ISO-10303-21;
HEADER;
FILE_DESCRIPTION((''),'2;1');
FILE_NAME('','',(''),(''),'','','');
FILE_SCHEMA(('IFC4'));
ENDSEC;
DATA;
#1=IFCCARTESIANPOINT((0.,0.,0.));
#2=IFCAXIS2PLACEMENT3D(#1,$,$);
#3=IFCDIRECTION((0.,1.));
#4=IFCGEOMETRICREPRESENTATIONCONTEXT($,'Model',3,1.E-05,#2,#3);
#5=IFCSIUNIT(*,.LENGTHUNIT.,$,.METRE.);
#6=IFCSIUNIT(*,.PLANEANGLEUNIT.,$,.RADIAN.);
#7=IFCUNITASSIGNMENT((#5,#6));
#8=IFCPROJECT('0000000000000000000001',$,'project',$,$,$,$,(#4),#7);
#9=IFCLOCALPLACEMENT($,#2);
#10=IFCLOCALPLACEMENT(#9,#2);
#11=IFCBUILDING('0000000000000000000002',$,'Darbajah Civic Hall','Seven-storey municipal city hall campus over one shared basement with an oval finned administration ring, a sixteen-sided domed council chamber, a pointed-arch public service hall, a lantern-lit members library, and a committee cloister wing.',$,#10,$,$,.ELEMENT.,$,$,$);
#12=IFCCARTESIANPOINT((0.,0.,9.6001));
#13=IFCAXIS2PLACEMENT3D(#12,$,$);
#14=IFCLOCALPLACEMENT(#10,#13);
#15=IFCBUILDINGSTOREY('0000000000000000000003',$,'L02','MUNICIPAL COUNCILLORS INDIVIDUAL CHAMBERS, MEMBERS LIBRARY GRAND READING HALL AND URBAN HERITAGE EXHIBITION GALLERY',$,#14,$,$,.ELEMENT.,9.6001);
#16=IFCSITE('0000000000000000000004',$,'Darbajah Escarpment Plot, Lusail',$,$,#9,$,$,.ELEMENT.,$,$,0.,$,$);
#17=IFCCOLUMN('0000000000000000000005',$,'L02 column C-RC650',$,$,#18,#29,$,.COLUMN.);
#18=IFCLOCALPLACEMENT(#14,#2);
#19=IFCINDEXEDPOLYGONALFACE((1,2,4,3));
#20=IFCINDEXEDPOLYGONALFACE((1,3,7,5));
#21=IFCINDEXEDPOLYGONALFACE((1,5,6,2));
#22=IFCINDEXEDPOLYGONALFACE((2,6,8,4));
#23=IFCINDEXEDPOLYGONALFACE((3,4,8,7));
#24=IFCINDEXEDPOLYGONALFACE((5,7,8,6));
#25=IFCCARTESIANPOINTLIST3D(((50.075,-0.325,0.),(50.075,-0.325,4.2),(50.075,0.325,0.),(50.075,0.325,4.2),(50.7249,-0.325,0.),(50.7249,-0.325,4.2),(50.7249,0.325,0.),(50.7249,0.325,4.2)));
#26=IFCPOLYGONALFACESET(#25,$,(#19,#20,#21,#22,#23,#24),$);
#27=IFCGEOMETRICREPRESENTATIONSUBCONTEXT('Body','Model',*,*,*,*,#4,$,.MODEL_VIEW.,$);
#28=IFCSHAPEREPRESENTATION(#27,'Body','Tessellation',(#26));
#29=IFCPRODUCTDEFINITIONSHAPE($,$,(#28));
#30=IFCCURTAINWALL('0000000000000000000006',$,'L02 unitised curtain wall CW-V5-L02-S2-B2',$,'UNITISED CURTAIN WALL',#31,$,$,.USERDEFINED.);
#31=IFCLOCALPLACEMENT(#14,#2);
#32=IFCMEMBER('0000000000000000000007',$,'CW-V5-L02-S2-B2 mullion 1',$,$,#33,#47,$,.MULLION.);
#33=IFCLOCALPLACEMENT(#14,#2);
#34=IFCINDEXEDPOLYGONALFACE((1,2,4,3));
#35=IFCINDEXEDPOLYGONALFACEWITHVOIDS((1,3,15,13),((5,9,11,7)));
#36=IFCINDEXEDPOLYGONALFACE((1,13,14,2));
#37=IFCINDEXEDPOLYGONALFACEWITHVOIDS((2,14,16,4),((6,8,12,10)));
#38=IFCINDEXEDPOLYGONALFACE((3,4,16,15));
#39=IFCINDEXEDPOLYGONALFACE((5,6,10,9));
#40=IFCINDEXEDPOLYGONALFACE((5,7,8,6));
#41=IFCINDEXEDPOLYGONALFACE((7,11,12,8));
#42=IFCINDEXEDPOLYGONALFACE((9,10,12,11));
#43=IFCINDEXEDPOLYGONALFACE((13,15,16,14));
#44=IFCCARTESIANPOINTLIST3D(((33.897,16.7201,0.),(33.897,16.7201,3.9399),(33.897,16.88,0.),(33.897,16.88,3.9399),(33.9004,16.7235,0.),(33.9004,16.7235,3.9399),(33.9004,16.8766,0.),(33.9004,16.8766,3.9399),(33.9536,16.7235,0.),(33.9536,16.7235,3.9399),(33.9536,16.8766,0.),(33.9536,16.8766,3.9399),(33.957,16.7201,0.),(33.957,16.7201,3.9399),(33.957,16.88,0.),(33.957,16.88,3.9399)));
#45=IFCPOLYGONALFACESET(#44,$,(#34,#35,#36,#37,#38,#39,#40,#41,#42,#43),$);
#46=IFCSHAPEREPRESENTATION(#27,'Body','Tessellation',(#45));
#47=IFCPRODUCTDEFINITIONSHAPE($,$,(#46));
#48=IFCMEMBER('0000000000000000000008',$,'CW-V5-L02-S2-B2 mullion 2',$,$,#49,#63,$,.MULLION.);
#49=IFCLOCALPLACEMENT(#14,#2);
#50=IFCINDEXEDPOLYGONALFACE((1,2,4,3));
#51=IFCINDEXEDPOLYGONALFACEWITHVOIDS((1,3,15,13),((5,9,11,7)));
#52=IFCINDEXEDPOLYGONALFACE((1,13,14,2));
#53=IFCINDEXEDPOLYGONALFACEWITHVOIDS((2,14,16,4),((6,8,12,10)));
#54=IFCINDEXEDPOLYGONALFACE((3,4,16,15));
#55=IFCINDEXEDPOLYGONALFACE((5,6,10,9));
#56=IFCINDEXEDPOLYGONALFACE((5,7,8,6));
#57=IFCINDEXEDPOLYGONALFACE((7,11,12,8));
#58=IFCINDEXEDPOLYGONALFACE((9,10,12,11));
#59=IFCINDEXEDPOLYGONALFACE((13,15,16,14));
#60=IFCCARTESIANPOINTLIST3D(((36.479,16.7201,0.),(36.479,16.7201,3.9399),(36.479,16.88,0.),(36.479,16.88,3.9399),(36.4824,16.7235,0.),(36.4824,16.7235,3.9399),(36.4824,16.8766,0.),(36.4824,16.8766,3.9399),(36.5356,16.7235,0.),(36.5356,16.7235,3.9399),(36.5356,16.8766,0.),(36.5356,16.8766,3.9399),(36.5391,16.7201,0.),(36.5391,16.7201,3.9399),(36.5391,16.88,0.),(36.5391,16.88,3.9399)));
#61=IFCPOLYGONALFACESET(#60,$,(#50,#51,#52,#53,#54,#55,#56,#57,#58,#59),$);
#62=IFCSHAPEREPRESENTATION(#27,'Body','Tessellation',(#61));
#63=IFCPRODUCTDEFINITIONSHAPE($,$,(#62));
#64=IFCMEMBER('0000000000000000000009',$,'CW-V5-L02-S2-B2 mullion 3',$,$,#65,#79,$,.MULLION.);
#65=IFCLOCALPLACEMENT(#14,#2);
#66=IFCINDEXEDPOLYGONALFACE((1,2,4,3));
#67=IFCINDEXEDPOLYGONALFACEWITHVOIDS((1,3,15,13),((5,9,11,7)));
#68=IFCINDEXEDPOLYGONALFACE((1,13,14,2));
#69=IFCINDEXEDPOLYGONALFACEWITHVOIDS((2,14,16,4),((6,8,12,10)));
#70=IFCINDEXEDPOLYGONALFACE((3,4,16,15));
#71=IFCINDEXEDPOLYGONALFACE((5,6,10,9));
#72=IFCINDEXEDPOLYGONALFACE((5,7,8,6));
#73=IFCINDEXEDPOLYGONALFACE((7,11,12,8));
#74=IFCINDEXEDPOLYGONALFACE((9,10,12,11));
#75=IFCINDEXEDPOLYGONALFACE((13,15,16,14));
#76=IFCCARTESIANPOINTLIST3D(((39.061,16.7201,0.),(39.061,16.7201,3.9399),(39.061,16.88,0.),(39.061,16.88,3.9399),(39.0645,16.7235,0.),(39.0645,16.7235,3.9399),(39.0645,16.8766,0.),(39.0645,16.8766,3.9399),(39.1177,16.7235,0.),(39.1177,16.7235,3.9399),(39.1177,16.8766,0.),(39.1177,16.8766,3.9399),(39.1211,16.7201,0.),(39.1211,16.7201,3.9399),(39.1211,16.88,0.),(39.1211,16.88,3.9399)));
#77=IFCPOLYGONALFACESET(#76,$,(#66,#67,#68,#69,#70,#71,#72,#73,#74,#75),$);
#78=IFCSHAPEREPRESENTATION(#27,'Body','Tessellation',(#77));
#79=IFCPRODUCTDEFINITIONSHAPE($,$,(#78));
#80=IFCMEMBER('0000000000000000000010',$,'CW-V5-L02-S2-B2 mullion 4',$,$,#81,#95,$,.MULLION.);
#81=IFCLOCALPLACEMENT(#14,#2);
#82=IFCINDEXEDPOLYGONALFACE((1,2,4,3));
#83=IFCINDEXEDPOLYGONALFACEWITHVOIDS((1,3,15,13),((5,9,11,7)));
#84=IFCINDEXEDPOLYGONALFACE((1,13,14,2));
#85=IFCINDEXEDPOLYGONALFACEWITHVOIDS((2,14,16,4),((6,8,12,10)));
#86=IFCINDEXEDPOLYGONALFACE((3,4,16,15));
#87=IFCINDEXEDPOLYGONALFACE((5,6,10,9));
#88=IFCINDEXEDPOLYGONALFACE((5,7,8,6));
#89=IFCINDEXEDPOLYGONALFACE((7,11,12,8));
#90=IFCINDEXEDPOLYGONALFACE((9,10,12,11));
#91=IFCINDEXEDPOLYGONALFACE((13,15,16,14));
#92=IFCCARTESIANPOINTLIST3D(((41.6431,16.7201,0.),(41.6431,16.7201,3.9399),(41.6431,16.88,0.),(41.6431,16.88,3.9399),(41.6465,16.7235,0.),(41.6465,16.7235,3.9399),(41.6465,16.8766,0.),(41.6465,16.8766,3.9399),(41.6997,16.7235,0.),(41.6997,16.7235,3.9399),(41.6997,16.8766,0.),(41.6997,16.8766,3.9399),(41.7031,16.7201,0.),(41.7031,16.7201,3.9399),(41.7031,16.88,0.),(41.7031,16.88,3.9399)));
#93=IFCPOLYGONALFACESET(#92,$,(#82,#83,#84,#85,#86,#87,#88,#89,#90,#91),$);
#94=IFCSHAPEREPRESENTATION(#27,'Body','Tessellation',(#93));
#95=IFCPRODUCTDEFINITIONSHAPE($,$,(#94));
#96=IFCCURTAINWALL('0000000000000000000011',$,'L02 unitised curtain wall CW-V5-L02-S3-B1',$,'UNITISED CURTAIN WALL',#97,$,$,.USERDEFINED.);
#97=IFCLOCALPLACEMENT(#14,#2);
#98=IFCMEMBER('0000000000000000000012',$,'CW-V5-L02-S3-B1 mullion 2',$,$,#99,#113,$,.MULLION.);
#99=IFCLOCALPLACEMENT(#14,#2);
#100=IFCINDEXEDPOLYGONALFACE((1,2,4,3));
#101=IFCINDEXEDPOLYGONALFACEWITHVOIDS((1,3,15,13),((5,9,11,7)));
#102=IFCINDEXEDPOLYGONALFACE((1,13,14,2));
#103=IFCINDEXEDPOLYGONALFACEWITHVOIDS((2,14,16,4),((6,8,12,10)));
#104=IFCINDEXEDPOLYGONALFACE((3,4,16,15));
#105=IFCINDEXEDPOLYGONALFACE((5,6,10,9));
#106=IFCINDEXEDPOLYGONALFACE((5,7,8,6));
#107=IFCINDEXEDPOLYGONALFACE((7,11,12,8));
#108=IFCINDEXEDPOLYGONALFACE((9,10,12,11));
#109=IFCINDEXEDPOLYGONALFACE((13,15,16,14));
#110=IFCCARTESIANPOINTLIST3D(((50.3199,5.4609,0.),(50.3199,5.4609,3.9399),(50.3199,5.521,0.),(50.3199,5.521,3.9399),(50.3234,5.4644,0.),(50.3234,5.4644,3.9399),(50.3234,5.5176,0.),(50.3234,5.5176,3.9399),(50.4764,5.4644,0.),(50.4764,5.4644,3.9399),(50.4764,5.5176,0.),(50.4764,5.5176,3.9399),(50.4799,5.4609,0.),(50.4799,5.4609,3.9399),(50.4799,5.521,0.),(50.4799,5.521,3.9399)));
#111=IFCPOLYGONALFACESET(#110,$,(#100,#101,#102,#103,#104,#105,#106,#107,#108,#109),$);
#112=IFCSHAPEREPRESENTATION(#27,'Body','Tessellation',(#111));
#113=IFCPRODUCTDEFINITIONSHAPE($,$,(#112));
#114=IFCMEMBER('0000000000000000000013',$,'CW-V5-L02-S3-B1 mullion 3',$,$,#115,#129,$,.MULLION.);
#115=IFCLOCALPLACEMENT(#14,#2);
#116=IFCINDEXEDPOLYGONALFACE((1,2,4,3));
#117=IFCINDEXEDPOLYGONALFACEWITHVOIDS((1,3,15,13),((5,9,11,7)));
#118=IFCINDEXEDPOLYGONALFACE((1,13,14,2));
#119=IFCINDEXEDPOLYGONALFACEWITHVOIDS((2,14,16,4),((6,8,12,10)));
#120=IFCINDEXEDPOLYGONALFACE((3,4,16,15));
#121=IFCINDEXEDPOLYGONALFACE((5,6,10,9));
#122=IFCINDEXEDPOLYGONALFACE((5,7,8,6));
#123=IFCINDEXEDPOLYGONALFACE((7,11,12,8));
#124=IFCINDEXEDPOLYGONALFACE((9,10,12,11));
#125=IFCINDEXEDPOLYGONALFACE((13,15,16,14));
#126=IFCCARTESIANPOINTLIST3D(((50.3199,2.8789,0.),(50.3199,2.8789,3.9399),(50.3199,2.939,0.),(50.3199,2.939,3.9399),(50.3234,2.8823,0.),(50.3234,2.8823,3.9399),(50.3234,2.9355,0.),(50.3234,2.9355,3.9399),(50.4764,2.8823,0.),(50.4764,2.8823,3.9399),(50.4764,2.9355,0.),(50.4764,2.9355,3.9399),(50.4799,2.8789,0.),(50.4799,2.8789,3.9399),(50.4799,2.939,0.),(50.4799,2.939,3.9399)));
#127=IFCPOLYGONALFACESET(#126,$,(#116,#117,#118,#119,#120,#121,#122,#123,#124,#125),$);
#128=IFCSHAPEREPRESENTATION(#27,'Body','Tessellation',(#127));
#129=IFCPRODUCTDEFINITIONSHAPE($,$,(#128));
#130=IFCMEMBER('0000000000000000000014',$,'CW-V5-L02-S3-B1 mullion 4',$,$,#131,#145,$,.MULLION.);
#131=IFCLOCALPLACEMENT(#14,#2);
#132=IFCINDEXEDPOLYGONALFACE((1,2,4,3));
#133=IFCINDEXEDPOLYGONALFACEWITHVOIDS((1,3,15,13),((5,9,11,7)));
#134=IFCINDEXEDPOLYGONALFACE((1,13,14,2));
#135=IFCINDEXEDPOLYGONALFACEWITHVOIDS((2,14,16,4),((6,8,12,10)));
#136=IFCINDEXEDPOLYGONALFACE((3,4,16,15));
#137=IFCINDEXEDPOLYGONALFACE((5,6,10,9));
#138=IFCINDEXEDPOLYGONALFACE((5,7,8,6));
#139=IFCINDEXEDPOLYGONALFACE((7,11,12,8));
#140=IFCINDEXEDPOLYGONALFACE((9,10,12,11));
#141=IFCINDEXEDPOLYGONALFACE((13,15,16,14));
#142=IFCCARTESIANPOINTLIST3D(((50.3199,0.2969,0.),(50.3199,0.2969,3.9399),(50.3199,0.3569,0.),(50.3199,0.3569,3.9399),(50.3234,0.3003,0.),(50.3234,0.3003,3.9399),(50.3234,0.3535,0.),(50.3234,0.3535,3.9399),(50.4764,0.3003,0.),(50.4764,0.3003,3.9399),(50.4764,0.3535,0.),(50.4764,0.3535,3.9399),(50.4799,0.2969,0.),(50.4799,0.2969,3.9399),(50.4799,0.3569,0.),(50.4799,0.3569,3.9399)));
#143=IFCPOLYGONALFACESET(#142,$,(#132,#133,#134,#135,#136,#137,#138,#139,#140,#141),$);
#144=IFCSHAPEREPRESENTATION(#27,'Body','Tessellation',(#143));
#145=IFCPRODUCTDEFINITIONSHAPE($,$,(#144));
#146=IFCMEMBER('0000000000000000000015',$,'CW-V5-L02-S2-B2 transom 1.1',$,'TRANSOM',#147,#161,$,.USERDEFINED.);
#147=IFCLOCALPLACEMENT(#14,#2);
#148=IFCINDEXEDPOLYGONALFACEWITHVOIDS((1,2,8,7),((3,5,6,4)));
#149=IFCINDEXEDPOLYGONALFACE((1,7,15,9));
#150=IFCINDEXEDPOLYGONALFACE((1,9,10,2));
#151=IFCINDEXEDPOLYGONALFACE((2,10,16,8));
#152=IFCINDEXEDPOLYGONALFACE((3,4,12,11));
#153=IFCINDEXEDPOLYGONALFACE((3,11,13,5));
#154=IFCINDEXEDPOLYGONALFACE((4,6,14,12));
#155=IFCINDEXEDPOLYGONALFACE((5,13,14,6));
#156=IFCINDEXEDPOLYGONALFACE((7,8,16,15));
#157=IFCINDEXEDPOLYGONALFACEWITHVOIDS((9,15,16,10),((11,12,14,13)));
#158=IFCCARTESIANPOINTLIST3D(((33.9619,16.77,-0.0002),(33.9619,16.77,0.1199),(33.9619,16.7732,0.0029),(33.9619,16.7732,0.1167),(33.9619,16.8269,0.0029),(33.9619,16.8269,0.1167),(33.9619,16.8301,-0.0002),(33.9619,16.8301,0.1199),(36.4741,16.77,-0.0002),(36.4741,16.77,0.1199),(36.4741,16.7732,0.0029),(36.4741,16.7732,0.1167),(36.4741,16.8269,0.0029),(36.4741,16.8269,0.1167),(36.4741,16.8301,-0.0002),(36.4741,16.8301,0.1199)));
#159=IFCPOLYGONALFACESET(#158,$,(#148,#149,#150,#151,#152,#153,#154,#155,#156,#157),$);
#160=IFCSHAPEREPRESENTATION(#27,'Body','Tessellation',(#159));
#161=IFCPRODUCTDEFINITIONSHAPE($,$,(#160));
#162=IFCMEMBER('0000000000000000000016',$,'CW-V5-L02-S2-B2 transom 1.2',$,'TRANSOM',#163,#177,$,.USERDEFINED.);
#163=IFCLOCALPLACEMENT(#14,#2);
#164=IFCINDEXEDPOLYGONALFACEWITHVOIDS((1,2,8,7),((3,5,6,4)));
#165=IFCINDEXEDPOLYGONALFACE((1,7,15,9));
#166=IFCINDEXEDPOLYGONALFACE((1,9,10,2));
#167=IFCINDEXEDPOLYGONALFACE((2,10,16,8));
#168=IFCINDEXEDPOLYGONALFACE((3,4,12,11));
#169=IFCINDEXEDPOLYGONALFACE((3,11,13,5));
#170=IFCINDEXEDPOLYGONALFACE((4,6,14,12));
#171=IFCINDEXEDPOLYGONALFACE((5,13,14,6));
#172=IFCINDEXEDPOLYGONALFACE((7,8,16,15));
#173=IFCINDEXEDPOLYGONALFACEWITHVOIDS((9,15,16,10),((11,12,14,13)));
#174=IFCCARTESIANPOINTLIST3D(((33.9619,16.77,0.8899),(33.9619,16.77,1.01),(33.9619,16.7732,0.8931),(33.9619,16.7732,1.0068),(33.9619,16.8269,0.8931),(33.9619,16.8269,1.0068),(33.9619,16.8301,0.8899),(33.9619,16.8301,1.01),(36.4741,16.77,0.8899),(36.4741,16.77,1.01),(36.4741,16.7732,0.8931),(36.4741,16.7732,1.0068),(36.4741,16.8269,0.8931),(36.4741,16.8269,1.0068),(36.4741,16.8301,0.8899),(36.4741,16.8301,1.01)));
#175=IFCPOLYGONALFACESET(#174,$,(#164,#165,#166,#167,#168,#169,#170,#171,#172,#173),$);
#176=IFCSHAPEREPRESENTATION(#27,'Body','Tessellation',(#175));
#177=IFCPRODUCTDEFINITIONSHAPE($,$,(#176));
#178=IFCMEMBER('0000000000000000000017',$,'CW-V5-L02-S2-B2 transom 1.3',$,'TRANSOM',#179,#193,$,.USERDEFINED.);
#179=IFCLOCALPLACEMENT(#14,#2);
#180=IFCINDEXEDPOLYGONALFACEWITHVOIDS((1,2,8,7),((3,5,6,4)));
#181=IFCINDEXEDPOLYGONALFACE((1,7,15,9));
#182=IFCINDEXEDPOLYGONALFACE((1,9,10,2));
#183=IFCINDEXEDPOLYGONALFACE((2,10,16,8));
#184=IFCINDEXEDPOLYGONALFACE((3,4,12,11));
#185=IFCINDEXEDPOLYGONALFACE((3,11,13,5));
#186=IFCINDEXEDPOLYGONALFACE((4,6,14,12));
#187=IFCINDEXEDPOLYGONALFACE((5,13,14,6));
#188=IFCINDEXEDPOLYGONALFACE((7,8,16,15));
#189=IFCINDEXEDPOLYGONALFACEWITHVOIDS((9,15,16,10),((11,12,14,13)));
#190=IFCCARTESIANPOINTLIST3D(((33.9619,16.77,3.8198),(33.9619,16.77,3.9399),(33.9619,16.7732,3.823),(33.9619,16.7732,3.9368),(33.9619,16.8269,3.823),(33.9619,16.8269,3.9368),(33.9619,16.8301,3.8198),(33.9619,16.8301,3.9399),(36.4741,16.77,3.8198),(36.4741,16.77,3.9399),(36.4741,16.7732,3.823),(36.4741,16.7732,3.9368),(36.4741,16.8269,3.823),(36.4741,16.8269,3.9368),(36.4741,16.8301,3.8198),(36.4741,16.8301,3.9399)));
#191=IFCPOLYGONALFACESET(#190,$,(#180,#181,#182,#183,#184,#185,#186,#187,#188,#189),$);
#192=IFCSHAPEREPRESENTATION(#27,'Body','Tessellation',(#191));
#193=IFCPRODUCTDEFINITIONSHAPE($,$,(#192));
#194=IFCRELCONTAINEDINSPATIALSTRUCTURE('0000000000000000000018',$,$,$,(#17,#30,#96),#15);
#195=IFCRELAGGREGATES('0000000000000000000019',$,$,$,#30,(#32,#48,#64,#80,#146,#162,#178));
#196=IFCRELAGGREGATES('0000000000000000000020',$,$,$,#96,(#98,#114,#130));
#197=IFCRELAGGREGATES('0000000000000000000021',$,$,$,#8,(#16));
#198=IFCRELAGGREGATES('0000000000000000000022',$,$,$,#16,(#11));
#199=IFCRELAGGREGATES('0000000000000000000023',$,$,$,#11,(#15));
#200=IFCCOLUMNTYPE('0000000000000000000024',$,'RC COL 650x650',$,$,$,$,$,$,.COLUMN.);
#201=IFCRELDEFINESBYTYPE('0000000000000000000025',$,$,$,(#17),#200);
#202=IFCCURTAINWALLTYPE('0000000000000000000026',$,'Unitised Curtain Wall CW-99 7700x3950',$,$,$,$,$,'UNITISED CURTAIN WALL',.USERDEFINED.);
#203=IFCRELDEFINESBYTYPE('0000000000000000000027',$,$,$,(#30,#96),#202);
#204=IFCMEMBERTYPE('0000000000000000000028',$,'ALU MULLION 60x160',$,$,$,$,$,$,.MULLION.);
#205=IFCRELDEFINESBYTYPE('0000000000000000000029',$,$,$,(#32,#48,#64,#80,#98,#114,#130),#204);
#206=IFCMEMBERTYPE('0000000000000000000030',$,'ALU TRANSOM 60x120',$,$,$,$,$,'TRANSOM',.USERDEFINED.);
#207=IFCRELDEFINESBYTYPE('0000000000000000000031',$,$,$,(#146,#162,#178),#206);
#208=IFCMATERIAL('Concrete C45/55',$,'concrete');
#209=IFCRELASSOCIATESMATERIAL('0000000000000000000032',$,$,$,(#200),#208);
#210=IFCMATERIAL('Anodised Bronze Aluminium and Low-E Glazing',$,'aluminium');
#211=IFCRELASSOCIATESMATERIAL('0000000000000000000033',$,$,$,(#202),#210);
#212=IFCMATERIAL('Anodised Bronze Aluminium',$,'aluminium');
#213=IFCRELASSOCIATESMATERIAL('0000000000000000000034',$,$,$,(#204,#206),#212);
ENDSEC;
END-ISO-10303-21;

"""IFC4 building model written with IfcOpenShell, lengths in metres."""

from ifc_helpers import new_model, si_unit, direction, frame, origin, origin_2d, place, context, subcontext, project, spatial, rectangle, hollow_rectangle, extrude, material, material_profile, profile_set, type_object, element, aggregate, save


model = new_model("IFC4")

# Units and contexts
model_context = context("Model", 3, precision=1e-05, world=origin(), true_north=direction((0.0, 1.0)))
body_context = subcontext(model_context, "Body", "Model", "MODEL_VIEW")
ifc_project = project(units=[si_unit("LENGTHUNIT", "METRE"), si_unit("PLANEANGLEUNIT", "RADIAN")], contexts=[model_context])

# Site, building, storey
site_placement = place(None, origin())
site = spatial("IfcSite", under=ifc_project, at=site_placement, Name="Darbajah Escarpment Plot, Lusail", CompositionType="ELEMENT", RefElevation=0.0)
building_placement = place(site_placement, origin())
building = spatial("IfcBuilding", under=site, at=building_placement, Name="Darbajah Civic Hall", Description="Seven-storey municipal city hall campus over one shared basement with an oval finned administration ring, a sixteen-sided domed council chamber, a pointed-arch public service hall, a lantern-lit members library, and a committee cloister wing.", CompositionType="ELEMENT")
storey_placement = place(building_placement, frame((0.0, 0.0, 9.6001)))
storey = spatial("IfcBuildingStorey", under=building, at=storey_placement, Name="L02", Description="MUNICIPAL COUNCILLORS INDIVIDUAL CHAMBERS, MEMBERS LIBRARY GRAND READING HALL AND URBAN HERITAGE EXHIBITION GALLERY", CompositionType="ELEMENT", Elevation=9.6001)

# Column
ifc_material_1 = material(Name="Concrete C45/55", Category="concrete")
ifc_material_profile_1 = material_profile(ifc_material_1, rectangle(XDim=0.6499, YDim=0.6499, at=origin_2d()), Name="RC COL 650x650")
ifc_profile_set_1 = profile_set([ifc_material_profile_1], Name="Concrete C45/55")
column_type = type_object("IfcColumnType", Name="RC COL 650x650", PredefinedType="COLUMN", material=ifc_profile_set_1)
column_placement = place(storey_placement, frame((50.3999, 0.0, 0.0), z_axis=(0.0, 0.0, 1.0), x_axis=(1.0, 0.0, 0.0)))
element("IfcColumn", 1, at=column_placement, inside=storey, type_object=column_type, Name="L02 column C-RC650", PredefinedType="COLUMN", context=body_context, shape_type="SweptSolid", body=[
    extrude(rectangle(XDim=0.6499, YDim=0.6499, at=origin_2d()), origin(), (0.0, 0.0, 1.0), 4.2),
])

# Curtain walls, members
ifc_material_2 = material(Name="Anodised Bronze Aluminium and Low-E Glazing", Category="aluminium")
curtain_wall_type = type_object("IfcCurtainWallType", Name="Unitised Curtain Wall CW-99 7700x3950", ElementType="UNITISED CURTAIN WALL", PredefinedType="USERDEFINED", material=ifc_material_2)
curtain_wall_1_placement = place(storey_placement, origin())
curtain_wall_1 = element("IfcCurtainWall", 2, at=curtain_wall_1_placement, inside=storey, type_object=curtain_wall_type, Name="L02 unitised curtain wall CW-V5-L02-S2-B2", ObjectType="UNITISED CURTAIN WALL", PredefinedType="USERDEFINED")
ifc_material_3 = material(Name="Anodised Bronze Aluminium", Category="aluminium")
ifc_material_profile_2 = material_profile(ifc_material_3, hollow_rectangle(XDim=0.0601, YDim=0.1599, WallThickness=0.0034, at=origin_2d()), Name="ALU MULLION 60x160")
ifc_profile_set_2 = profile_set([ifc_material_profile_2], Name="Anodised Bronze Aluminium")
member_type_1 = type_object("IfcMemberType", Name="ALU MULLION 60x160", PredefinedType="MULLION", material=ifc_profile_set_2)
member_1_placement = place(storey_placement, frame((33.927, 16.8, 0.0), z_axis=(0.0, 0.0, 1.0), x_axis=(1.0, 0.0, 0.0)))
member_1 = element("IfcMember", 3, at=member_1_placement, type_object=member_type_1, Name="CW-V5-L02-S2-B2 mullion 1", PredefinedType="MULLION", context=body_context, shape_type="SweptSolid", body=[
    extrude(hollow_rectangle(XDim=0.0601, YDim=0.1599, WallThickness=0.0034, at=origin_2d()), origin(), (0.0, 0.0, 1.0), 3.9399),
])
member_2_placement = place(storey_placement, frame((36.509, 16.8, 0.0), z_axis=(0.0, 0.0, 1.0), x_axis=(1.0, 0.0, 0.0)))
member_2 = element("IfcMember", 4, at=member_2_placement, type_object=member_type_1, Name="CW-V5-L02-S2-B2 mullion 2", PredefinedType="MULLION", context=body_context, shape_type="SweptSolid", body=[
    extrude(hollow_rectangle(XDim=0.0601, YDim=0.1599, WallThickness=0.0034, at=origin_2d()), origin(), (0.0, 0.0, 1.0), 3.9399),
])
member_3_placement = place(storey_placement, frame((39.0911, 16.8, 0.0), z_axis=(0.0, 0.0, 1.0), x_axis=(1.0, 0.0, 0.0)))
member_3 = element("IfcMember", 5, at=member_3_placement, type_object=member_type_1, Name="CW-V5-L02-S2-B2 mullion 3", PredefinedType="MULLION", context=body_context, shape_type="SweptSolid", body=[
    extrude(hollow_rectangle(XDim=0.0601, YDim=0.1599, WallThickness=0.0034, at=origin_2d()), origin(), (0.0, 0.0, 1.0), 3.9399),
])
member_4_placement = place(storey_placement, frame((41.6731, 16.8, 0.0), z_axis=(0.0, 0.0, 1.0), x_axis=(1.0, 0.0, 0.0)))
member_4 = element("IfcMember", 6, at=member_4_placement, type_object=member_type_1, Name="CW-V5-L02-S2-B2 mullion 4", PredefinedType="MULLION", context=body_context, shape_type="SweptSolid", body=[
    extrude(hollow_rectangle(XDim=0.0601, YDim=0.1599, WallThickness=0.0034, at=origin_2d()), origin(), (0.0, 0.0, 1.0), 3.9399),
])
curtain_wall_2_placement = place(storey_placement, origin())
curtain_wall_2 = element("IfcCurtainWall", 7, at=curtain_wall_2_placement, inside=storey, type_object=curtain_wall_type, Name="L02 unitised curtain wall CW-V5-L02-S3-B1", ObjectType="UNITISED CURTAIN WALL", PredefinedType="USERDEFINED")
member_5_placement = place(storey_placement, frame((50.3999, 5.491, 0.0), z_axis=(0.0, 0.0, 1.0), x_axis=(0.0, -1.0, 0.0)))
member_5 = element("IfcMember", 8, at=member_5_placement, type_object=member_type_1, Name="CW-V5-L02-S3-B1 mullion 2", PredefinedType="MULLION", context=body_context, shape_type="SweptSolid", body=[
    extrude(hollow_rectangle(XDim=0.0601, YDim=0.1599, WallThickness=0.0034, at=origin_2d()), origin(), (0.0, 0.0, 1.0), 3.9399),
])
member_6_placement = place(storey_placement, frame((50.3999, 2.9089, 0.0), z_axis=(0.0, 0.0, 1.0), x_axis=(0.0, -1.0, 0.0)))
member_6 = element("IfcMember", 9, at=member_6_placement, type_object=member_type_1, Name="CW-V5-L02-S3-B1 mullion 3", PredefinedType="MULLION", context=body_context, shape_type="SweptSolid", body=[
    extrude(hollow_rectangle(XDim=0.0601, YDim=0.1599, WallThickness=0.0034, at=origin_2d()), origin(), (0.0, 0.0, 1.0), 3.9399),
])
member_7_placement = place(storey_placement, frame((50.3999, 0.3269, 0.0), z_axis=(0.0, 0.0, 1.0), x_axis=(0.0, -1.0, 0.0)))
member_7 = element("IfcMember", 10, at=member_7_placement, type_object=member_type_1, Name="CW-V5-L02-S3-B1 mullion 4", PredefinedType="MULLION", context=body_context, shape_type="SweptSolid", body=[
    extrude(hollow_rectangle(XDim=0.0601, YDim=0.1599, WallThickness=0.0034, at=origin_2d()), origin(), (0.0, 0.0, 1.0), 3.9399),
])

# Members
ifc_material_profile_3 = material_profile(ifc_material_3, hollow_rectangle(XDim=0.0601, YDim=0.1201, WallThickness=0.0032, at=origin_2d()), Name="ALU TRANSOM 60x120")
ifc_profile_set_3 = profile_set([ifc_material_profile_3], Name="Anodised Bronze Aluminium")
member_type_2 = type_object("IfcMemberType", Name="ALU TRANSOM 60x120", ElementType="TRANSOM", PredefinedType="USERDEFINED", material=ifc_profile_set_3)
member_8_placement = place(storey_placement, frame((33.9619, 16.8, 0.0598), z_axis=(1.0, 0.0, 0.0), x_axis=(0.0, 1.0, 0.0)))
member_8 = element("IfcMember", 11, at=member_8_placement, type_object=member_type_2, Name="CW-V5-L02-S2-B2 transom 1.1", ObjectType="TRANSOM", PredefinedType="USERDEFINED", context=body_context, shape_type="SweptSolid", body=[
    extrude(hollow_rectangle(XDim=0.0601, YDim=0.1201, WallThickness=0.0032, at=origin_2d()), origin(), (0.0, 0.0, 1.0), 2.5122),
])
member_9_placement = place(storey_placement, frame((33.9619, 16.8, 0.95), z_axis=(1.0, 0.0, 0.0), x_axis=(0.0, 1.0, 0.0)))
member_9 = element("IfcMember", 12, at=member_9_placement, type_object=member_type_2, Name="CW-V5-L02-S2-B2 transom 1.2", ObjectType="TRANSOM", PredefinedType="USERDEFINED", context=body_context, shape_type="SweptSolid", body=[
    extrude(hollow_rectangle(XDim=0.0601, YDim=0.1201, WallThickness=0.0032, at=origin_2d()), origin(), (0.0, 0.0, 1.0), 2.5122),
])
member_10_placement = place(storey_placement, frame((33.9619, 16.8, 3.8799), z_axis=(1.0, 0.0, 0.0), x_axis=(0.0, 1.0, 0.0)))
member_10 = element("IfcMember", 13, at=member_10_placement, type_object=member_type_2, Name="CW-V5-L02-S2-B2 transom 1.3", ObjectType="TRANSOM", PredefinedType="USERDEFINED", context=body_context, shape_type="SweptSolid", body=[
    extrude(hollow_rectangle(XDim=0.0601, YDim=0.1201, WallThickness=0.0032, at=origin_2d()), origin(), (0.0, 0.0, 1.0), 2.5122),
])

aggregate(curtain_wall_1, [member_1, member_2, member_3, member_4, member_8, member_9, member_10])
aggregate(curtain_wall_2, [member_5, member_6, member_7])

save(model, "model.ifc")
